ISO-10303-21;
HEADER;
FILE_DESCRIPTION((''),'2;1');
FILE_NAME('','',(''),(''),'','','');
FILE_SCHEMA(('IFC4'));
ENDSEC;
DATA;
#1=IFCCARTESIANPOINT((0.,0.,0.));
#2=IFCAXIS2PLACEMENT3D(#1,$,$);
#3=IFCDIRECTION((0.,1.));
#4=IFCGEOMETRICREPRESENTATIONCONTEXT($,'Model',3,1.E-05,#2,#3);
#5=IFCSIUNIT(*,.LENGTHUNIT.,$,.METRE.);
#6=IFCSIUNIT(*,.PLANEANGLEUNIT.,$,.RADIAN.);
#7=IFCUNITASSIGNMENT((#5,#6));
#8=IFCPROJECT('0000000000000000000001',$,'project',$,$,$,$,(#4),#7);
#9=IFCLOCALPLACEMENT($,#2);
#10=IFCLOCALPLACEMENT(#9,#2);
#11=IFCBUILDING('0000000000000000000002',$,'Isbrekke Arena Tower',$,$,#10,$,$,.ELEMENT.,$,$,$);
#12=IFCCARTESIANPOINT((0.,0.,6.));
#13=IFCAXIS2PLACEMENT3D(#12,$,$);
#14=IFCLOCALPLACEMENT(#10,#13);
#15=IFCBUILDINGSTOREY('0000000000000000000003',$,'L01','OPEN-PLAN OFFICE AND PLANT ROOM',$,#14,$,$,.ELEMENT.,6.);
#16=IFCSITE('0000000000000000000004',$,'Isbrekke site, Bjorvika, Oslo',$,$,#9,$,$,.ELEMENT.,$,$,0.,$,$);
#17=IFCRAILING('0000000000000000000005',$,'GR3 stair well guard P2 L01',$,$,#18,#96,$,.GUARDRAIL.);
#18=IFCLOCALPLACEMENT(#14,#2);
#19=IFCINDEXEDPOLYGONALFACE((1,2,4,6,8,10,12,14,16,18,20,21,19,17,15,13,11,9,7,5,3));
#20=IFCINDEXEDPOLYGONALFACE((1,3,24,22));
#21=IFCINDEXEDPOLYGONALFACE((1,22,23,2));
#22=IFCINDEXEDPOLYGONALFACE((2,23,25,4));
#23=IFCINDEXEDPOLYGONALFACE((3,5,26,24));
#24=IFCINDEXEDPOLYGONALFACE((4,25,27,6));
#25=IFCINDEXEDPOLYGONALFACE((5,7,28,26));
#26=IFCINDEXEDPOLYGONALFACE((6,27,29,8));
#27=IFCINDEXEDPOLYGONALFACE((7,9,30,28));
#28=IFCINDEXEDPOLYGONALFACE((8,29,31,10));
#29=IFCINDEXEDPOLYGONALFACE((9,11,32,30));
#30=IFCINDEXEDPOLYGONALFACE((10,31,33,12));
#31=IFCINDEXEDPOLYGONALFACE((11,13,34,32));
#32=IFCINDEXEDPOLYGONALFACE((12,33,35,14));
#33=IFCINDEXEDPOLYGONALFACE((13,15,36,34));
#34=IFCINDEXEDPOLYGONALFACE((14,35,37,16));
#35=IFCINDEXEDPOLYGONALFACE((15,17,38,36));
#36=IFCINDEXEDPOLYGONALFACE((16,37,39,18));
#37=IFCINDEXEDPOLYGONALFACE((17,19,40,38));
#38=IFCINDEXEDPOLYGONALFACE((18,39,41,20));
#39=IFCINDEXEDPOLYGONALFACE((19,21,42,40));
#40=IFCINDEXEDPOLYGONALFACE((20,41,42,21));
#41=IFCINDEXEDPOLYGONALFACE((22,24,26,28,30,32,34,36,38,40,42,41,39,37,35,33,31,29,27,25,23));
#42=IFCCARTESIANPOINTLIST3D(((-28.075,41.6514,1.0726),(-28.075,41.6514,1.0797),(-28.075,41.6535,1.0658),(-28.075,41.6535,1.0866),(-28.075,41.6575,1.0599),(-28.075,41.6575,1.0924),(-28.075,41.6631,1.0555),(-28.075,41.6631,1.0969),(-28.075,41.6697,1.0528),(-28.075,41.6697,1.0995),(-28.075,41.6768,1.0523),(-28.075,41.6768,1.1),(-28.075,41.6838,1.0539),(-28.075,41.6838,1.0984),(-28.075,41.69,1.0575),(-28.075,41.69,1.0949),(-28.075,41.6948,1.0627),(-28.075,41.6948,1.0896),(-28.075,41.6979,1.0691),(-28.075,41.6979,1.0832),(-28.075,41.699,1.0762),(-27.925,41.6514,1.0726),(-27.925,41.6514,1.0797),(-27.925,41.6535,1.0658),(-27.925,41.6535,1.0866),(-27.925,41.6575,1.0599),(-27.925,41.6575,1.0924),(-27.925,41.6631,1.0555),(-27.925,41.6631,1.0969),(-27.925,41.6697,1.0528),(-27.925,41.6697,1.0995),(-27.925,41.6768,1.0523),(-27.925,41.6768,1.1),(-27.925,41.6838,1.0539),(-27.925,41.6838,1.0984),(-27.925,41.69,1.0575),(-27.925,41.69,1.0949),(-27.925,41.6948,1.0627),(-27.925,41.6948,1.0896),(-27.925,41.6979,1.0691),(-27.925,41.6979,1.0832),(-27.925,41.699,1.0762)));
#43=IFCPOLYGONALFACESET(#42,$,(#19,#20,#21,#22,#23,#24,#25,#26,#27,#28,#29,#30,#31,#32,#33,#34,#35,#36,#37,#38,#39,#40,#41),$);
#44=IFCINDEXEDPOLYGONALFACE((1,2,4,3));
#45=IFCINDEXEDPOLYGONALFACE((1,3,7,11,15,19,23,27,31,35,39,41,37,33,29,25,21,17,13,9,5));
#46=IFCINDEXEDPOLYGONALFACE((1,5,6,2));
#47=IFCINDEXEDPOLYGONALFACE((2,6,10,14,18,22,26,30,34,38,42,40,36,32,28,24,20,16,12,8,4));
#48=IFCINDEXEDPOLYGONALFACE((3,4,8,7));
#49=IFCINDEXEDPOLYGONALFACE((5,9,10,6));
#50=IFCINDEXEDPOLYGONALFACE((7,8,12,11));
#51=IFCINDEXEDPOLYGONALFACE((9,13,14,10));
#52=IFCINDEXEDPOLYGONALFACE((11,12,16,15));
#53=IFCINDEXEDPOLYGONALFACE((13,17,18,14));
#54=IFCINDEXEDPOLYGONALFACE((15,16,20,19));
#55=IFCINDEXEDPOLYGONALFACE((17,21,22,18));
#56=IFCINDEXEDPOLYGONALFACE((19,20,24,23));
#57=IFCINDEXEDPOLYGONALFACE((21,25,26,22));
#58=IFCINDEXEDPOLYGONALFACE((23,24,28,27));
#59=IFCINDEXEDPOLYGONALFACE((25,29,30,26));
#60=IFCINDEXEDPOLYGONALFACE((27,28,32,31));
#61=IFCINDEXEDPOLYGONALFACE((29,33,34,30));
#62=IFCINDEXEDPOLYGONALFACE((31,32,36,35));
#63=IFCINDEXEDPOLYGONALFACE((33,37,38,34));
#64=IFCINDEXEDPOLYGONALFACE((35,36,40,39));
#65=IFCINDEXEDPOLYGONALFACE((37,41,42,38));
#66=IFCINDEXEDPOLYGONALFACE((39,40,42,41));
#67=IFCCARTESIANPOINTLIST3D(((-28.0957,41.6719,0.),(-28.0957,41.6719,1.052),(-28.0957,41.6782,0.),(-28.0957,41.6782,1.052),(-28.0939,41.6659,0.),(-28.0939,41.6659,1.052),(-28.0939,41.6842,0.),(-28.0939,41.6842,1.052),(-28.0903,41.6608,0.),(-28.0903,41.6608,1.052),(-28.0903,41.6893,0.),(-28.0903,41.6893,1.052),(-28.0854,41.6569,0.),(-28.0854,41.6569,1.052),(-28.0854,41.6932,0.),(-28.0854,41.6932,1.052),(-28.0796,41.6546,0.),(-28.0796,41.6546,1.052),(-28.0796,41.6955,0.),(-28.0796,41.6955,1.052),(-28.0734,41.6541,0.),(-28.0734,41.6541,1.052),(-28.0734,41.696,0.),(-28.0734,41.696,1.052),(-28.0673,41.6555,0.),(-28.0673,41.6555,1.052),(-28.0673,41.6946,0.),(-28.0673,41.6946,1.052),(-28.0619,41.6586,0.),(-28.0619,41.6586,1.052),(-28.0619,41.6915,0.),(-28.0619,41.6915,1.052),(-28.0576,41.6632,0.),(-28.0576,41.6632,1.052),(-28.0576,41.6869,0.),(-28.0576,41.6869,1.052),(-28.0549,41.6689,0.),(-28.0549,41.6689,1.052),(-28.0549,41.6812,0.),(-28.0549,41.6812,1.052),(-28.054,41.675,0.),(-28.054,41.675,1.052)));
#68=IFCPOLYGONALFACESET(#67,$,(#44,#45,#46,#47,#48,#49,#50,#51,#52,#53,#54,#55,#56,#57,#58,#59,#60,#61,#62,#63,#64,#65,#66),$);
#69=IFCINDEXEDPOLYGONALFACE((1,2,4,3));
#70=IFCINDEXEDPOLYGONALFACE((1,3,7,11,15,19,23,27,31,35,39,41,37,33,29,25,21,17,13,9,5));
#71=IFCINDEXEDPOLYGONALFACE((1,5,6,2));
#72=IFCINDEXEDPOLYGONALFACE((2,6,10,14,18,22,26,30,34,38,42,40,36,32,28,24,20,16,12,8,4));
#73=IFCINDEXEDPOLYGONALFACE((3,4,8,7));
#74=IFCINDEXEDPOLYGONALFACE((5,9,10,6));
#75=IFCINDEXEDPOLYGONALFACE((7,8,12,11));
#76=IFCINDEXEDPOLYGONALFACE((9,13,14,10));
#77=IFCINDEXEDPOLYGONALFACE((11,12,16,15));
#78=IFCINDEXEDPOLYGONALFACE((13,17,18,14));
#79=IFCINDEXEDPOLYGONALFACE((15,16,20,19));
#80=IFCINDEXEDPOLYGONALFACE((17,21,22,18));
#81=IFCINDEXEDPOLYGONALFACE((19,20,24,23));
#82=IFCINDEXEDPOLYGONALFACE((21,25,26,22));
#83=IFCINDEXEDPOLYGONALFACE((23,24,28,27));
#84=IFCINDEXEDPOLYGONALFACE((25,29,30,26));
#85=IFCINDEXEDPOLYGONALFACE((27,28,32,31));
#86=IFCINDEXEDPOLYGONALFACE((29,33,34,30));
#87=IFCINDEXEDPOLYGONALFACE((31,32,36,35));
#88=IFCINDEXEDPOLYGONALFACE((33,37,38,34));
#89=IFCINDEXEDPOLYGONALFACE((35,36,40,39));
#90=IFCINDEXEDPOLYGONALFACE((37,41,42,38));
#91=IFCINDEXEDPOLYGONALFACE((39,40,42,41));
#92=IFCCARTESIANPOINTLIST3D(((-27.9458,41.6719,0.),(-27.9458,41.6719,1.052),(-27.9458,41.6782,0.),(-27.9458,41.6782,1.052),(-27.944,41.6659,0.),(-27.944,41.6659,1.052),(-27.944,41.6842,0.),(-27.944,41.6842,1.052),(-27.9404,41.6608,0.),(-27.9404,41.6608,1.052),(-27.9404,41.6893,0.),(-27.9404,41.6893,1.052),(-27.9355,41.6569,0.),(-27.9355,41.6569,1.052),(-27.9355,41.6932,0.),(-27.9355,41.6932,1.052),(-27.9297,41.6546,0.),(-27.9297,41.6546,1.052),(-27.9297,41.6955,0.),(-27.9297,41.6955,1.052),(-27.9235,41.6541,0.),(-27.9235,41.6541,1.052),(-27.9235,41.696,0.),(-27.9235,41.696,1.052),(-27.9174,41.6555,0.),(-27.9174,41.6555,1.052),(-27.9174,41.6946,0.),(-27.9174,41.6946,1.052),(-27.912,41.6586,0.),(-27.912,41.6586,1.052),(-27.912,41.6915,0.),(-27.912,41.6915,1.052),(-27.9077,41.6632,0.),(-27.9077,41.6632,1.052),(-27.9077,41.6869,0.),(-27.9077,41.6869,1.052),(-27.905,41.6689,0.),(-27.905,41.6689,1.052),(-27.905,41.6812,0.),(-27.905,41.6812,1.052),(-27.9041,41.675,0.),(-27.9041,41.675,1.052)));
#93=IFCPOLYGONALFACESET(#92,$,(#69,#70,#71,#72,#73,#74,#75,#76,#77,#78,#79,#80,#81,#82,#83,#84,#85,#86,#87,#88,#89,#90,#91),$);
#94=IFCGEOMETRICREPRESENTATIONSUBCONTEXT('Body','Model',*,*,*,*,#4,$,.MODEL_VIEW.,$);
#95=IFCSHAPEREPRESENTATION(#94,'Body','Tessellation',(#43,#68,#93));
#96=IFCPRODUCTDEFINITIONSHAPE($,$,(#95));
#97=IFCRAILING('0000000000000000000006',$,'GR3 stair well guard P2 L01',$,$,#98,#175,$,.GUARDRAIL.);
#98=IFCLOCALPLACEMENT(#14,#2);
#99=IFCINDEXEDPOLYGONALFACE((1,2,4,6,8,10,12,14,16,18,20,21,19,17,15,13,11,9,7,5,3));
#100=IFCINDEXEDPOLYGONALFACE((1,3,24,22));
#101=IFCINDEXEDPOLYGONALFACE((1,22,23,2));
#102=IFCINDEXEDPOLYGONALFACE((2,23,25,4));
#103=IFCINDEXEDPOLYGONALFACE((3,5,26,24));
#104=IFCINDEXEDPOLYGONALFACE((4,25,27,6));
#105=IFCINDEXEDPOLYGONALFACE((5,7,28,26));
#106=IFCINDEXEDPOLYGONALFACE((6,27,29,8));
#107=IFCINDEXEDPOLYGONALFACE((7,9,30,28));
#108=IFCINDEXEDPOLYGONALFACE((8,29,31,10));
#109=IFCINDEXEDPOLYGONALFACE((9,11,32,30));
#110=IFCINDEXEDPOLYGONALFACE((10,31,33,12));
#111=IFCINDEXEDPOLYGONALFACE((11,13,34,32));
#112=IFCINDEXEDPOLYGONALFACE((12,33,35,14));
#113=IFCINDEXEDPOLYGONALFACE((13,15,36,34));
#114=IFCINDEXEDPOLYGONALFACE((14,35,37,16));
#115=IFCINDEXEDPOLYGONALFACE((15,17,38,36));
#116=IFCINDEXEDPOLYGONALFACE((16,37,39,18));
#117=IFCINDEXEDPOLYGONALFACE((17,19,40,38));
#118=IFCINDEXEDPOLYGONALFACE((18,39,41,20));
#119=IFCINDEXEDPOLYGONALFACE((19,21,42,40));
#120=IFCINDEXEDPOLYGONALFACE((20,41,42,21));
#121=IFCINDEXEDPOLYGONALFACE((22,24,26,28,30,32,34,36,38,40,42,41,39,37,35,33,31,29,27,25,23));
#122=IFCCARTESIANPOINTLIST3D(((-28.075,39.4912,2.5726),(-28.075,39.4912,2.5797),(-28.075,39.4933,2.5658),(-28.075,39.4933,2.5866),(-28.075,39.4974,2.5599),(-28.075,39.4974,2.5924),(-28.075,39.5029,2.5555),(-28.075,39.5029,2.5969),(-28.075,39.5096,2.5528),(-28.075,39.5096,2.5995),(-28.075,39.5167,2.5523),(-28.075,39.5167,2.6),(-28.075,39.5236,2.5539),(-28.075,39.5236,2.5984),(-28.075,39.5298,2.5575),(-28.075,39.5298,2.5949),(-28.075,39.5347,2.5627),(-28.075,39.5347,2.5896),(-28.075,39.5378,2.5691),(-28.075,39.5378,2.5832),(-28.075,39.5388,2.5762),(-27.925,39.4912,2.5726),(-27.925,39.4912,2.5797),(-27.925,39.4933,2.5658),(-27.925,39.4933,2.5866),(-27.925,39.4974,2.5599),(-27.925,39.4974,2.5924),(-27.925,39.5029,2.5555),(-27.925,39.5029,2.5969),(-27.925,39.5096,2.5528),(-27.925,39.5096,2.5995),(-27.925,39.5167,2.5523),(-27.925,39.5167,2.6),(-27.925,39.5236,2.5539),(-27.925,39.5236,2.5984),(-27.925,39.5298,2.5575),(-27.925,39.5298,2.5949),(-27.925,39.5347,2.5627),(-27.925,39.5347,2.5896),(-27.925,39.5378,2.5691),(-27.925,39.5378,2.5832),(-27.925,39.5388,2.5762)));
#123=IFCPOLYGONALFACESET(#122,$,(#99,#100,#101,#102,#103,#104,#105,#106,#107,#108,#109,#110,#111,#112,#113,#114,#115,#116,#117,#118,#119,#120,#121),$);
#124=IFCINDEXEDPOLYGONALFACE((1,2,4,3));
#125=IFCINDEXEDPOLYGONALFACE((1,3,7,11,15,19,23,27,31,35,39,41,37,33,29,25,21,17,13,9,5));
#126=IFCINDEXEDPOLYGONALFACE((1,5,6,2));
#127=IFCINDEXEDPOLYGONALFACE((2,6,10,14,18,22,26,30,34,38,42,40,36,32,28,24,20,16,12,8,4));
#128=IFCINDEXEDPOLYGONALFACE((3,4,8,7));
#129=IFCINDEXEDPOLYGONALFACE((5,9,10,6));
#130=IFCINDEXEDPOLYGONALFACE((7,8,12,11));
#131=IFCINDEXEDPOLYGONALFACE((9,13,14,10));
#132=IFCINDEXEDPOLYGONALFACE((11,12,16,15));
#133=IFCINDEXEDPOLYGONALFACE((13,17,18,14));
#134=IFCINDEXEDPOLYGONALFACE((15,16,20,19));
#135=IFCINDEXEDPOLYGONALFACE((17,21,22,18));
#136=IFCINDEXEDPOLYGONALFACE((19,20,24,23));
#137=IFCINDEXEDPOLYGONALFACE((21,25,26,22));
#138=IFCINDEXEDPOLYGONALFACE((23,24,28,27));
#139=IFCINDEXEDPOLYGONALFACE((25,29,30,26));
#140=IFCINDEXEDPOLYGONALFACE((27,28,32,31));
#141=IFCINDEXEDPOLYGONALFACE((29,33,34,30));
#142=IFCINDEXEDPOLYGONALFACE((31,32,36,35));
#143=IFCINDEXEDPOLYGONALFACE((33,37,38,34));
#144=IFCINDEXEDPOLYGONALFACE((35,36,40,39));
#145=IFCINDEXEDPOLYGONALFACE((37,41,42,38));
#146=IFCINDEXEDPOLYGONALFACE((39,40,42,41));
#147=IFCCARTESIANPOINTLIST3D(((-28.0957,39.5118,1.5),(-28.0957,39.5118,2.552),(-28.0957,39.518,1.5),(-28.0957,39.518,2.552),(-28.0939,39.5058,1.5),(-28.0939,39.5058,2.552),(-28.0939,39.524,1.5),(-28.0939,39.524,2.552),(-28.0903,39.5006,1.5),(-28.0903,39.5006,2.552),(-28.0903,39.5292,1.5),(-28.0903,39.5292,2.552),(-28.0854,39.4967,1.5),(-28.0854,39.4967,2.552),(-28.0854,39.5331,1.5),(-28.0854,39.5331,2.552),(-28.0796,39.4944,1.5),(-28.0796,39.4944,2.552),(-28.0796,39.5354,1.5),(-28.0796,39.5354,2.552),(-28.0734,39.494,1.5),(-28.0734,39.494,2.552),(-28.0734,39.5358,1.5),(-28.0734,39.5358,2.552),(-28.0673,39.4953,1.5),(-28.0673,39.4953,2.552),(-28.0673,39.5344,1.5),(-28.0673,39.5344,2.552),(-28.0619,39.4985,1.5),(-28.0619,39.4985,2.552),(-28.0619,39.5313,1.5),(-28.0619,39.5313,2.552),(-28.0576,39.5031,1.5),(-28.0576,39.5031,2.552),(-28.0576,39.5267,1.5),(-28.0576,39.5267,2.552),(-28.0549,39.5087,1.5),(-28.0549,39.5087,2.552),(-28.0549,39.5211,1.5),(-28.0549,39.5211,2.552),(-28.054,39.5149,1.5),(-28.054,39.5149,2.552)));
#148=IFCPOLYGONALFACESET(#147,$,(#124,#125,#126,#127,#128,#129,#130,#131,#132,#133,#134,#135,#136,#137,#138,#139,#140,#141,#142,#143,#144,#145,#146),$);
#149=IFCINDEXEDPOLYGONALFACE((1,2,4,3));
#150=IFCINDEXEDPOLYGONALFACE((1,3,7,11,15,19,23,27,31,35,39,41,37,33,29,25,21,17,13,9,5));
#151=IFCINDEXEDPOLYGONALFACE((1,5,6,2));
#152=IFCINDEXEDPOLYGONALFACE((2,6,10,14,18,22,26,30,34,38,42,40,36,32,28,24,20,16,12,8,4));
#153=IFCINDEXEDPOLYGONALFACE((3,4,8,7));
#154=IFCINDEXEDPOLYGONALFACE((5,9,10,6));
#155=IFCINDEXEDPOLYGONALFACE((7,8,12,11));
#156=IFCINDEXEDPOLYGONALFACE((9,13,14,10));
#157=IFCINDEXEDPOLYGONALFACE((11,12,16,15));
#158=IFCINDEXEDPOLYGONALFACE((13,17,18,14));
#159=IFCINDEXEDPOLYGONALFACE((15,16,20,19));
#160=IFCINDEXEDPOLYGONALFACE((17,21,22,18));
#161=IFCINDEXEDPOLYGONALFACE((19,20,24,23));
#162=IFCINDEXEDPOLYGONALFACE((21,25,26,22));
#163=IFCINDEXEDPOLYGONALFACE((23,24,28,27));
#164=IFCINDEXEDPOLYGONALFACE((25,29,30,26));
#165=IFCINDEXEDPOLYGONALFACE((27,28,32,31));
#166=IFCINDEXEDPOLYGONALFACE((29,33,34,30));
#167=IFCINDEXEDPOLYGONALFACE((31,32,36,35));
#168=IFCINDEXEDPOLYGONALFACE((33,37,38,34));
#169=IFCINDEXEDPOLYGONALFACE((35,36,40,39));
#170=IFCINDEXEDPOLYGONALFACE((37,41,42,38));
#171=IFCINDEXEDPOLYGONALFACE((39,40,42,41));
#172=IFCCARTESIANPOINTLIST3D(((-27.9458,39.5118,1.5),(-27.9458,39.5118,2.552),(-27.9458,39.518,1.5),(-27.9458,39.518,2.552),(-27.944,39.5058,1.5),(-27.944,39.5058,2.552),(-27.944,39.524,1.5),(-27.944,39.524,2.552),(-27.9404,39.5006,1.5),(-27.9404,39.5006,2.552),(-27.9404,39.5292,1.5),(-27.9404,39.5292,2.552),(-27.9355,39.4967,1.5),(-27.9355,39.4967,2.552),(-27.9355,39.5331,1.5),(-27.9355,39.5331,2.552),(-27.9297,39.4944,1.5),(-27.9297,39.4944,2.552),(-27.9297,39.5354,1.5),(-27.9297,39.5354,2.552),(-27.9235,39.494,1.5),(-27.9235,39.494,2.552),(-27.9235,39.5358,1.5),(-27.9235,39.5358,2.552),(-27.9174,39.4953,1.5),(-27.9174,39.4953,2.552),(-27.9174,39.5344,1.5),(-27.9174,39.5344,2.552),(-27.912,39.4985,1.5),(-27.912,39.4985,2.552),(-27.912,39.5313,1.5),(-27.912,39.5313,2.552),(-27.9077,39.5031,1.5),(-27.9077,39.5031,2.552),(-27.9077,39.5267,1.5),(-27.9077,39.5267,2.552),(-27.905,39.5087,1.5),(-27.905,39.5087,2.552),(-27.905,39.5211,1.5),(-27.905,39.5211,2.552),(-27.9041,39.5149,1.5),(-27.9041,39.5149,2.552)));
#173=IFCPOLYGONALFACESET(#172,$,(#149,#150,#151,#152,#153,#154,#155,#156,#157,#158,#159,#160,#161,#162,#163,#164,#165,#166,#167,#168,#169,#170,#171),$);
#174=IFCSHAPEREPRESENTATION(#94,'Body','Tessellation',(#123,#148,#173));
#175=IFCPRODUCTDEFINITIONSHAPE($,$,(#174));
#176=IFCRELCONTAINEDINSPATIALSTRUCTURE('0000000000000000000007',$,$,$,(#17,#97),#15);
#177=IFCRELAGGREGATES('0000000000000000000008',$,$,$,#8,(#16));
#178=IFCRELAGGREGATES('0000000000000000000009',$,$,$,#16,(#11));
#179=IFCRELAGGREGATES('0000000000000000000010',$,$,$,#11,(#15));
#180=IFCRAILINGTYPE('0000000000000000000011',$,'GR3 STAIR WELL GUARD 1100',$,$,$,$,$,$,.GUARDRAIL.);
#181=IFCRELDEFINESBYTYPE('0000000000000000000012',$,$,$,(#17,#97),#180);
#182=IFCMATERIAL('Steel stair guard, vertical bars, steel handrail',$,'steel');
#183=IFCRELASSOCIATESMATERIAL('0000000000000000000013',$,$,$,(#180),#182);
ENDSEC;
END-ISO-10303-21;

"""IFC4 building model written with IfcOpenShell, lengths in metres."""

from ifc_helpers import new_model, si_unit, direction, frame, origin, origin_2d, place, context, subcontext, project, spatial, circle, extrude, material, type_object, element, save


model = new_model("IFC4")

# Units and contexts
model_context = context("Model", 3, precision=1e-05, world=origin(), true_north=direction((0.0, 1.0)))
body_context = subcontext(model_context, "Body", "Model", "MODEL_VIEW")
ifc_project = project(units=[si_unit("LENGTHUNIT", "METRE"), si_unit("PLANEANGLEUNIT", "RADIAN")], contexts=[model_context])

# Site, building, storey
site_placement = place(None, origin())
site = spatial("IfcSite", under=ifc_project, at=site_placement, Name="Isbrekke site, Bjorvika, Oslo", CompositionType="ELEMENT", RefElevation=0.0)
building_placement = place(site_placement, origin())
building = spatial("IfcBuilding", under=site, at=building_placement, Name="Isbrekke Arena Tower", CompositionType="ELEMENT")
storey_placement = place(building_placement, frame((0.0, 0.0, 6.0)))
storey = spatial("IfcBuildingStorey", under=building, at=storey_placement, Name="L01", Description="OPEN-PLAN OFFICE AND PLANT ROOM", CompositionType="ELEMENT", Elevation=6.0)

# Railings
ifc_material_1 = material(Name="Steel stair guard, vertical bars, steel handrail", Category="steel")
railing_type = type_object("IfcRailingType", Name="GR3 STAIR WELL GUARD 1100", PredefinedType="GUARDRAIL", material=ifc_material_1)
for number, where, name in (
    (1, (-28.075, 41.675, 0.0), "GR3 stair well guard P2 L01"),
    (2, (-28.075, 39.5149, 1.5), "GR3 stair well guard P2 L01"),
):
    element("IfcRailing", number, at=place(storey_placement, frame(where)), inside=storey, type_object=railing_type, Name=name, PredefinedType="GUARDRAIL", context=body_context, shape_type="SweptSolid", body=[
        extrude(circle(Radius=0.0239, at=origin_2d()), frame((0.0, 0.0, 1.0762), z_axis=(1.0, 0.0, 0.0), x_axis=(0.0, 1.0, 0.0)), (0.0, 0.0, 1.0), 0.1499),
        extrude(circle(Radius=0.021, at=origin_2d()), origin(), (0.0, 0.0, 1.0), 1.052),
        extrude(circle(Radius=0.021, at=origin_2d()), frame((0.1499, 0.0, 0.0)), (0.0, 0.0, 1.0), 1.052),
    ])

save(model, "model.ifc")
